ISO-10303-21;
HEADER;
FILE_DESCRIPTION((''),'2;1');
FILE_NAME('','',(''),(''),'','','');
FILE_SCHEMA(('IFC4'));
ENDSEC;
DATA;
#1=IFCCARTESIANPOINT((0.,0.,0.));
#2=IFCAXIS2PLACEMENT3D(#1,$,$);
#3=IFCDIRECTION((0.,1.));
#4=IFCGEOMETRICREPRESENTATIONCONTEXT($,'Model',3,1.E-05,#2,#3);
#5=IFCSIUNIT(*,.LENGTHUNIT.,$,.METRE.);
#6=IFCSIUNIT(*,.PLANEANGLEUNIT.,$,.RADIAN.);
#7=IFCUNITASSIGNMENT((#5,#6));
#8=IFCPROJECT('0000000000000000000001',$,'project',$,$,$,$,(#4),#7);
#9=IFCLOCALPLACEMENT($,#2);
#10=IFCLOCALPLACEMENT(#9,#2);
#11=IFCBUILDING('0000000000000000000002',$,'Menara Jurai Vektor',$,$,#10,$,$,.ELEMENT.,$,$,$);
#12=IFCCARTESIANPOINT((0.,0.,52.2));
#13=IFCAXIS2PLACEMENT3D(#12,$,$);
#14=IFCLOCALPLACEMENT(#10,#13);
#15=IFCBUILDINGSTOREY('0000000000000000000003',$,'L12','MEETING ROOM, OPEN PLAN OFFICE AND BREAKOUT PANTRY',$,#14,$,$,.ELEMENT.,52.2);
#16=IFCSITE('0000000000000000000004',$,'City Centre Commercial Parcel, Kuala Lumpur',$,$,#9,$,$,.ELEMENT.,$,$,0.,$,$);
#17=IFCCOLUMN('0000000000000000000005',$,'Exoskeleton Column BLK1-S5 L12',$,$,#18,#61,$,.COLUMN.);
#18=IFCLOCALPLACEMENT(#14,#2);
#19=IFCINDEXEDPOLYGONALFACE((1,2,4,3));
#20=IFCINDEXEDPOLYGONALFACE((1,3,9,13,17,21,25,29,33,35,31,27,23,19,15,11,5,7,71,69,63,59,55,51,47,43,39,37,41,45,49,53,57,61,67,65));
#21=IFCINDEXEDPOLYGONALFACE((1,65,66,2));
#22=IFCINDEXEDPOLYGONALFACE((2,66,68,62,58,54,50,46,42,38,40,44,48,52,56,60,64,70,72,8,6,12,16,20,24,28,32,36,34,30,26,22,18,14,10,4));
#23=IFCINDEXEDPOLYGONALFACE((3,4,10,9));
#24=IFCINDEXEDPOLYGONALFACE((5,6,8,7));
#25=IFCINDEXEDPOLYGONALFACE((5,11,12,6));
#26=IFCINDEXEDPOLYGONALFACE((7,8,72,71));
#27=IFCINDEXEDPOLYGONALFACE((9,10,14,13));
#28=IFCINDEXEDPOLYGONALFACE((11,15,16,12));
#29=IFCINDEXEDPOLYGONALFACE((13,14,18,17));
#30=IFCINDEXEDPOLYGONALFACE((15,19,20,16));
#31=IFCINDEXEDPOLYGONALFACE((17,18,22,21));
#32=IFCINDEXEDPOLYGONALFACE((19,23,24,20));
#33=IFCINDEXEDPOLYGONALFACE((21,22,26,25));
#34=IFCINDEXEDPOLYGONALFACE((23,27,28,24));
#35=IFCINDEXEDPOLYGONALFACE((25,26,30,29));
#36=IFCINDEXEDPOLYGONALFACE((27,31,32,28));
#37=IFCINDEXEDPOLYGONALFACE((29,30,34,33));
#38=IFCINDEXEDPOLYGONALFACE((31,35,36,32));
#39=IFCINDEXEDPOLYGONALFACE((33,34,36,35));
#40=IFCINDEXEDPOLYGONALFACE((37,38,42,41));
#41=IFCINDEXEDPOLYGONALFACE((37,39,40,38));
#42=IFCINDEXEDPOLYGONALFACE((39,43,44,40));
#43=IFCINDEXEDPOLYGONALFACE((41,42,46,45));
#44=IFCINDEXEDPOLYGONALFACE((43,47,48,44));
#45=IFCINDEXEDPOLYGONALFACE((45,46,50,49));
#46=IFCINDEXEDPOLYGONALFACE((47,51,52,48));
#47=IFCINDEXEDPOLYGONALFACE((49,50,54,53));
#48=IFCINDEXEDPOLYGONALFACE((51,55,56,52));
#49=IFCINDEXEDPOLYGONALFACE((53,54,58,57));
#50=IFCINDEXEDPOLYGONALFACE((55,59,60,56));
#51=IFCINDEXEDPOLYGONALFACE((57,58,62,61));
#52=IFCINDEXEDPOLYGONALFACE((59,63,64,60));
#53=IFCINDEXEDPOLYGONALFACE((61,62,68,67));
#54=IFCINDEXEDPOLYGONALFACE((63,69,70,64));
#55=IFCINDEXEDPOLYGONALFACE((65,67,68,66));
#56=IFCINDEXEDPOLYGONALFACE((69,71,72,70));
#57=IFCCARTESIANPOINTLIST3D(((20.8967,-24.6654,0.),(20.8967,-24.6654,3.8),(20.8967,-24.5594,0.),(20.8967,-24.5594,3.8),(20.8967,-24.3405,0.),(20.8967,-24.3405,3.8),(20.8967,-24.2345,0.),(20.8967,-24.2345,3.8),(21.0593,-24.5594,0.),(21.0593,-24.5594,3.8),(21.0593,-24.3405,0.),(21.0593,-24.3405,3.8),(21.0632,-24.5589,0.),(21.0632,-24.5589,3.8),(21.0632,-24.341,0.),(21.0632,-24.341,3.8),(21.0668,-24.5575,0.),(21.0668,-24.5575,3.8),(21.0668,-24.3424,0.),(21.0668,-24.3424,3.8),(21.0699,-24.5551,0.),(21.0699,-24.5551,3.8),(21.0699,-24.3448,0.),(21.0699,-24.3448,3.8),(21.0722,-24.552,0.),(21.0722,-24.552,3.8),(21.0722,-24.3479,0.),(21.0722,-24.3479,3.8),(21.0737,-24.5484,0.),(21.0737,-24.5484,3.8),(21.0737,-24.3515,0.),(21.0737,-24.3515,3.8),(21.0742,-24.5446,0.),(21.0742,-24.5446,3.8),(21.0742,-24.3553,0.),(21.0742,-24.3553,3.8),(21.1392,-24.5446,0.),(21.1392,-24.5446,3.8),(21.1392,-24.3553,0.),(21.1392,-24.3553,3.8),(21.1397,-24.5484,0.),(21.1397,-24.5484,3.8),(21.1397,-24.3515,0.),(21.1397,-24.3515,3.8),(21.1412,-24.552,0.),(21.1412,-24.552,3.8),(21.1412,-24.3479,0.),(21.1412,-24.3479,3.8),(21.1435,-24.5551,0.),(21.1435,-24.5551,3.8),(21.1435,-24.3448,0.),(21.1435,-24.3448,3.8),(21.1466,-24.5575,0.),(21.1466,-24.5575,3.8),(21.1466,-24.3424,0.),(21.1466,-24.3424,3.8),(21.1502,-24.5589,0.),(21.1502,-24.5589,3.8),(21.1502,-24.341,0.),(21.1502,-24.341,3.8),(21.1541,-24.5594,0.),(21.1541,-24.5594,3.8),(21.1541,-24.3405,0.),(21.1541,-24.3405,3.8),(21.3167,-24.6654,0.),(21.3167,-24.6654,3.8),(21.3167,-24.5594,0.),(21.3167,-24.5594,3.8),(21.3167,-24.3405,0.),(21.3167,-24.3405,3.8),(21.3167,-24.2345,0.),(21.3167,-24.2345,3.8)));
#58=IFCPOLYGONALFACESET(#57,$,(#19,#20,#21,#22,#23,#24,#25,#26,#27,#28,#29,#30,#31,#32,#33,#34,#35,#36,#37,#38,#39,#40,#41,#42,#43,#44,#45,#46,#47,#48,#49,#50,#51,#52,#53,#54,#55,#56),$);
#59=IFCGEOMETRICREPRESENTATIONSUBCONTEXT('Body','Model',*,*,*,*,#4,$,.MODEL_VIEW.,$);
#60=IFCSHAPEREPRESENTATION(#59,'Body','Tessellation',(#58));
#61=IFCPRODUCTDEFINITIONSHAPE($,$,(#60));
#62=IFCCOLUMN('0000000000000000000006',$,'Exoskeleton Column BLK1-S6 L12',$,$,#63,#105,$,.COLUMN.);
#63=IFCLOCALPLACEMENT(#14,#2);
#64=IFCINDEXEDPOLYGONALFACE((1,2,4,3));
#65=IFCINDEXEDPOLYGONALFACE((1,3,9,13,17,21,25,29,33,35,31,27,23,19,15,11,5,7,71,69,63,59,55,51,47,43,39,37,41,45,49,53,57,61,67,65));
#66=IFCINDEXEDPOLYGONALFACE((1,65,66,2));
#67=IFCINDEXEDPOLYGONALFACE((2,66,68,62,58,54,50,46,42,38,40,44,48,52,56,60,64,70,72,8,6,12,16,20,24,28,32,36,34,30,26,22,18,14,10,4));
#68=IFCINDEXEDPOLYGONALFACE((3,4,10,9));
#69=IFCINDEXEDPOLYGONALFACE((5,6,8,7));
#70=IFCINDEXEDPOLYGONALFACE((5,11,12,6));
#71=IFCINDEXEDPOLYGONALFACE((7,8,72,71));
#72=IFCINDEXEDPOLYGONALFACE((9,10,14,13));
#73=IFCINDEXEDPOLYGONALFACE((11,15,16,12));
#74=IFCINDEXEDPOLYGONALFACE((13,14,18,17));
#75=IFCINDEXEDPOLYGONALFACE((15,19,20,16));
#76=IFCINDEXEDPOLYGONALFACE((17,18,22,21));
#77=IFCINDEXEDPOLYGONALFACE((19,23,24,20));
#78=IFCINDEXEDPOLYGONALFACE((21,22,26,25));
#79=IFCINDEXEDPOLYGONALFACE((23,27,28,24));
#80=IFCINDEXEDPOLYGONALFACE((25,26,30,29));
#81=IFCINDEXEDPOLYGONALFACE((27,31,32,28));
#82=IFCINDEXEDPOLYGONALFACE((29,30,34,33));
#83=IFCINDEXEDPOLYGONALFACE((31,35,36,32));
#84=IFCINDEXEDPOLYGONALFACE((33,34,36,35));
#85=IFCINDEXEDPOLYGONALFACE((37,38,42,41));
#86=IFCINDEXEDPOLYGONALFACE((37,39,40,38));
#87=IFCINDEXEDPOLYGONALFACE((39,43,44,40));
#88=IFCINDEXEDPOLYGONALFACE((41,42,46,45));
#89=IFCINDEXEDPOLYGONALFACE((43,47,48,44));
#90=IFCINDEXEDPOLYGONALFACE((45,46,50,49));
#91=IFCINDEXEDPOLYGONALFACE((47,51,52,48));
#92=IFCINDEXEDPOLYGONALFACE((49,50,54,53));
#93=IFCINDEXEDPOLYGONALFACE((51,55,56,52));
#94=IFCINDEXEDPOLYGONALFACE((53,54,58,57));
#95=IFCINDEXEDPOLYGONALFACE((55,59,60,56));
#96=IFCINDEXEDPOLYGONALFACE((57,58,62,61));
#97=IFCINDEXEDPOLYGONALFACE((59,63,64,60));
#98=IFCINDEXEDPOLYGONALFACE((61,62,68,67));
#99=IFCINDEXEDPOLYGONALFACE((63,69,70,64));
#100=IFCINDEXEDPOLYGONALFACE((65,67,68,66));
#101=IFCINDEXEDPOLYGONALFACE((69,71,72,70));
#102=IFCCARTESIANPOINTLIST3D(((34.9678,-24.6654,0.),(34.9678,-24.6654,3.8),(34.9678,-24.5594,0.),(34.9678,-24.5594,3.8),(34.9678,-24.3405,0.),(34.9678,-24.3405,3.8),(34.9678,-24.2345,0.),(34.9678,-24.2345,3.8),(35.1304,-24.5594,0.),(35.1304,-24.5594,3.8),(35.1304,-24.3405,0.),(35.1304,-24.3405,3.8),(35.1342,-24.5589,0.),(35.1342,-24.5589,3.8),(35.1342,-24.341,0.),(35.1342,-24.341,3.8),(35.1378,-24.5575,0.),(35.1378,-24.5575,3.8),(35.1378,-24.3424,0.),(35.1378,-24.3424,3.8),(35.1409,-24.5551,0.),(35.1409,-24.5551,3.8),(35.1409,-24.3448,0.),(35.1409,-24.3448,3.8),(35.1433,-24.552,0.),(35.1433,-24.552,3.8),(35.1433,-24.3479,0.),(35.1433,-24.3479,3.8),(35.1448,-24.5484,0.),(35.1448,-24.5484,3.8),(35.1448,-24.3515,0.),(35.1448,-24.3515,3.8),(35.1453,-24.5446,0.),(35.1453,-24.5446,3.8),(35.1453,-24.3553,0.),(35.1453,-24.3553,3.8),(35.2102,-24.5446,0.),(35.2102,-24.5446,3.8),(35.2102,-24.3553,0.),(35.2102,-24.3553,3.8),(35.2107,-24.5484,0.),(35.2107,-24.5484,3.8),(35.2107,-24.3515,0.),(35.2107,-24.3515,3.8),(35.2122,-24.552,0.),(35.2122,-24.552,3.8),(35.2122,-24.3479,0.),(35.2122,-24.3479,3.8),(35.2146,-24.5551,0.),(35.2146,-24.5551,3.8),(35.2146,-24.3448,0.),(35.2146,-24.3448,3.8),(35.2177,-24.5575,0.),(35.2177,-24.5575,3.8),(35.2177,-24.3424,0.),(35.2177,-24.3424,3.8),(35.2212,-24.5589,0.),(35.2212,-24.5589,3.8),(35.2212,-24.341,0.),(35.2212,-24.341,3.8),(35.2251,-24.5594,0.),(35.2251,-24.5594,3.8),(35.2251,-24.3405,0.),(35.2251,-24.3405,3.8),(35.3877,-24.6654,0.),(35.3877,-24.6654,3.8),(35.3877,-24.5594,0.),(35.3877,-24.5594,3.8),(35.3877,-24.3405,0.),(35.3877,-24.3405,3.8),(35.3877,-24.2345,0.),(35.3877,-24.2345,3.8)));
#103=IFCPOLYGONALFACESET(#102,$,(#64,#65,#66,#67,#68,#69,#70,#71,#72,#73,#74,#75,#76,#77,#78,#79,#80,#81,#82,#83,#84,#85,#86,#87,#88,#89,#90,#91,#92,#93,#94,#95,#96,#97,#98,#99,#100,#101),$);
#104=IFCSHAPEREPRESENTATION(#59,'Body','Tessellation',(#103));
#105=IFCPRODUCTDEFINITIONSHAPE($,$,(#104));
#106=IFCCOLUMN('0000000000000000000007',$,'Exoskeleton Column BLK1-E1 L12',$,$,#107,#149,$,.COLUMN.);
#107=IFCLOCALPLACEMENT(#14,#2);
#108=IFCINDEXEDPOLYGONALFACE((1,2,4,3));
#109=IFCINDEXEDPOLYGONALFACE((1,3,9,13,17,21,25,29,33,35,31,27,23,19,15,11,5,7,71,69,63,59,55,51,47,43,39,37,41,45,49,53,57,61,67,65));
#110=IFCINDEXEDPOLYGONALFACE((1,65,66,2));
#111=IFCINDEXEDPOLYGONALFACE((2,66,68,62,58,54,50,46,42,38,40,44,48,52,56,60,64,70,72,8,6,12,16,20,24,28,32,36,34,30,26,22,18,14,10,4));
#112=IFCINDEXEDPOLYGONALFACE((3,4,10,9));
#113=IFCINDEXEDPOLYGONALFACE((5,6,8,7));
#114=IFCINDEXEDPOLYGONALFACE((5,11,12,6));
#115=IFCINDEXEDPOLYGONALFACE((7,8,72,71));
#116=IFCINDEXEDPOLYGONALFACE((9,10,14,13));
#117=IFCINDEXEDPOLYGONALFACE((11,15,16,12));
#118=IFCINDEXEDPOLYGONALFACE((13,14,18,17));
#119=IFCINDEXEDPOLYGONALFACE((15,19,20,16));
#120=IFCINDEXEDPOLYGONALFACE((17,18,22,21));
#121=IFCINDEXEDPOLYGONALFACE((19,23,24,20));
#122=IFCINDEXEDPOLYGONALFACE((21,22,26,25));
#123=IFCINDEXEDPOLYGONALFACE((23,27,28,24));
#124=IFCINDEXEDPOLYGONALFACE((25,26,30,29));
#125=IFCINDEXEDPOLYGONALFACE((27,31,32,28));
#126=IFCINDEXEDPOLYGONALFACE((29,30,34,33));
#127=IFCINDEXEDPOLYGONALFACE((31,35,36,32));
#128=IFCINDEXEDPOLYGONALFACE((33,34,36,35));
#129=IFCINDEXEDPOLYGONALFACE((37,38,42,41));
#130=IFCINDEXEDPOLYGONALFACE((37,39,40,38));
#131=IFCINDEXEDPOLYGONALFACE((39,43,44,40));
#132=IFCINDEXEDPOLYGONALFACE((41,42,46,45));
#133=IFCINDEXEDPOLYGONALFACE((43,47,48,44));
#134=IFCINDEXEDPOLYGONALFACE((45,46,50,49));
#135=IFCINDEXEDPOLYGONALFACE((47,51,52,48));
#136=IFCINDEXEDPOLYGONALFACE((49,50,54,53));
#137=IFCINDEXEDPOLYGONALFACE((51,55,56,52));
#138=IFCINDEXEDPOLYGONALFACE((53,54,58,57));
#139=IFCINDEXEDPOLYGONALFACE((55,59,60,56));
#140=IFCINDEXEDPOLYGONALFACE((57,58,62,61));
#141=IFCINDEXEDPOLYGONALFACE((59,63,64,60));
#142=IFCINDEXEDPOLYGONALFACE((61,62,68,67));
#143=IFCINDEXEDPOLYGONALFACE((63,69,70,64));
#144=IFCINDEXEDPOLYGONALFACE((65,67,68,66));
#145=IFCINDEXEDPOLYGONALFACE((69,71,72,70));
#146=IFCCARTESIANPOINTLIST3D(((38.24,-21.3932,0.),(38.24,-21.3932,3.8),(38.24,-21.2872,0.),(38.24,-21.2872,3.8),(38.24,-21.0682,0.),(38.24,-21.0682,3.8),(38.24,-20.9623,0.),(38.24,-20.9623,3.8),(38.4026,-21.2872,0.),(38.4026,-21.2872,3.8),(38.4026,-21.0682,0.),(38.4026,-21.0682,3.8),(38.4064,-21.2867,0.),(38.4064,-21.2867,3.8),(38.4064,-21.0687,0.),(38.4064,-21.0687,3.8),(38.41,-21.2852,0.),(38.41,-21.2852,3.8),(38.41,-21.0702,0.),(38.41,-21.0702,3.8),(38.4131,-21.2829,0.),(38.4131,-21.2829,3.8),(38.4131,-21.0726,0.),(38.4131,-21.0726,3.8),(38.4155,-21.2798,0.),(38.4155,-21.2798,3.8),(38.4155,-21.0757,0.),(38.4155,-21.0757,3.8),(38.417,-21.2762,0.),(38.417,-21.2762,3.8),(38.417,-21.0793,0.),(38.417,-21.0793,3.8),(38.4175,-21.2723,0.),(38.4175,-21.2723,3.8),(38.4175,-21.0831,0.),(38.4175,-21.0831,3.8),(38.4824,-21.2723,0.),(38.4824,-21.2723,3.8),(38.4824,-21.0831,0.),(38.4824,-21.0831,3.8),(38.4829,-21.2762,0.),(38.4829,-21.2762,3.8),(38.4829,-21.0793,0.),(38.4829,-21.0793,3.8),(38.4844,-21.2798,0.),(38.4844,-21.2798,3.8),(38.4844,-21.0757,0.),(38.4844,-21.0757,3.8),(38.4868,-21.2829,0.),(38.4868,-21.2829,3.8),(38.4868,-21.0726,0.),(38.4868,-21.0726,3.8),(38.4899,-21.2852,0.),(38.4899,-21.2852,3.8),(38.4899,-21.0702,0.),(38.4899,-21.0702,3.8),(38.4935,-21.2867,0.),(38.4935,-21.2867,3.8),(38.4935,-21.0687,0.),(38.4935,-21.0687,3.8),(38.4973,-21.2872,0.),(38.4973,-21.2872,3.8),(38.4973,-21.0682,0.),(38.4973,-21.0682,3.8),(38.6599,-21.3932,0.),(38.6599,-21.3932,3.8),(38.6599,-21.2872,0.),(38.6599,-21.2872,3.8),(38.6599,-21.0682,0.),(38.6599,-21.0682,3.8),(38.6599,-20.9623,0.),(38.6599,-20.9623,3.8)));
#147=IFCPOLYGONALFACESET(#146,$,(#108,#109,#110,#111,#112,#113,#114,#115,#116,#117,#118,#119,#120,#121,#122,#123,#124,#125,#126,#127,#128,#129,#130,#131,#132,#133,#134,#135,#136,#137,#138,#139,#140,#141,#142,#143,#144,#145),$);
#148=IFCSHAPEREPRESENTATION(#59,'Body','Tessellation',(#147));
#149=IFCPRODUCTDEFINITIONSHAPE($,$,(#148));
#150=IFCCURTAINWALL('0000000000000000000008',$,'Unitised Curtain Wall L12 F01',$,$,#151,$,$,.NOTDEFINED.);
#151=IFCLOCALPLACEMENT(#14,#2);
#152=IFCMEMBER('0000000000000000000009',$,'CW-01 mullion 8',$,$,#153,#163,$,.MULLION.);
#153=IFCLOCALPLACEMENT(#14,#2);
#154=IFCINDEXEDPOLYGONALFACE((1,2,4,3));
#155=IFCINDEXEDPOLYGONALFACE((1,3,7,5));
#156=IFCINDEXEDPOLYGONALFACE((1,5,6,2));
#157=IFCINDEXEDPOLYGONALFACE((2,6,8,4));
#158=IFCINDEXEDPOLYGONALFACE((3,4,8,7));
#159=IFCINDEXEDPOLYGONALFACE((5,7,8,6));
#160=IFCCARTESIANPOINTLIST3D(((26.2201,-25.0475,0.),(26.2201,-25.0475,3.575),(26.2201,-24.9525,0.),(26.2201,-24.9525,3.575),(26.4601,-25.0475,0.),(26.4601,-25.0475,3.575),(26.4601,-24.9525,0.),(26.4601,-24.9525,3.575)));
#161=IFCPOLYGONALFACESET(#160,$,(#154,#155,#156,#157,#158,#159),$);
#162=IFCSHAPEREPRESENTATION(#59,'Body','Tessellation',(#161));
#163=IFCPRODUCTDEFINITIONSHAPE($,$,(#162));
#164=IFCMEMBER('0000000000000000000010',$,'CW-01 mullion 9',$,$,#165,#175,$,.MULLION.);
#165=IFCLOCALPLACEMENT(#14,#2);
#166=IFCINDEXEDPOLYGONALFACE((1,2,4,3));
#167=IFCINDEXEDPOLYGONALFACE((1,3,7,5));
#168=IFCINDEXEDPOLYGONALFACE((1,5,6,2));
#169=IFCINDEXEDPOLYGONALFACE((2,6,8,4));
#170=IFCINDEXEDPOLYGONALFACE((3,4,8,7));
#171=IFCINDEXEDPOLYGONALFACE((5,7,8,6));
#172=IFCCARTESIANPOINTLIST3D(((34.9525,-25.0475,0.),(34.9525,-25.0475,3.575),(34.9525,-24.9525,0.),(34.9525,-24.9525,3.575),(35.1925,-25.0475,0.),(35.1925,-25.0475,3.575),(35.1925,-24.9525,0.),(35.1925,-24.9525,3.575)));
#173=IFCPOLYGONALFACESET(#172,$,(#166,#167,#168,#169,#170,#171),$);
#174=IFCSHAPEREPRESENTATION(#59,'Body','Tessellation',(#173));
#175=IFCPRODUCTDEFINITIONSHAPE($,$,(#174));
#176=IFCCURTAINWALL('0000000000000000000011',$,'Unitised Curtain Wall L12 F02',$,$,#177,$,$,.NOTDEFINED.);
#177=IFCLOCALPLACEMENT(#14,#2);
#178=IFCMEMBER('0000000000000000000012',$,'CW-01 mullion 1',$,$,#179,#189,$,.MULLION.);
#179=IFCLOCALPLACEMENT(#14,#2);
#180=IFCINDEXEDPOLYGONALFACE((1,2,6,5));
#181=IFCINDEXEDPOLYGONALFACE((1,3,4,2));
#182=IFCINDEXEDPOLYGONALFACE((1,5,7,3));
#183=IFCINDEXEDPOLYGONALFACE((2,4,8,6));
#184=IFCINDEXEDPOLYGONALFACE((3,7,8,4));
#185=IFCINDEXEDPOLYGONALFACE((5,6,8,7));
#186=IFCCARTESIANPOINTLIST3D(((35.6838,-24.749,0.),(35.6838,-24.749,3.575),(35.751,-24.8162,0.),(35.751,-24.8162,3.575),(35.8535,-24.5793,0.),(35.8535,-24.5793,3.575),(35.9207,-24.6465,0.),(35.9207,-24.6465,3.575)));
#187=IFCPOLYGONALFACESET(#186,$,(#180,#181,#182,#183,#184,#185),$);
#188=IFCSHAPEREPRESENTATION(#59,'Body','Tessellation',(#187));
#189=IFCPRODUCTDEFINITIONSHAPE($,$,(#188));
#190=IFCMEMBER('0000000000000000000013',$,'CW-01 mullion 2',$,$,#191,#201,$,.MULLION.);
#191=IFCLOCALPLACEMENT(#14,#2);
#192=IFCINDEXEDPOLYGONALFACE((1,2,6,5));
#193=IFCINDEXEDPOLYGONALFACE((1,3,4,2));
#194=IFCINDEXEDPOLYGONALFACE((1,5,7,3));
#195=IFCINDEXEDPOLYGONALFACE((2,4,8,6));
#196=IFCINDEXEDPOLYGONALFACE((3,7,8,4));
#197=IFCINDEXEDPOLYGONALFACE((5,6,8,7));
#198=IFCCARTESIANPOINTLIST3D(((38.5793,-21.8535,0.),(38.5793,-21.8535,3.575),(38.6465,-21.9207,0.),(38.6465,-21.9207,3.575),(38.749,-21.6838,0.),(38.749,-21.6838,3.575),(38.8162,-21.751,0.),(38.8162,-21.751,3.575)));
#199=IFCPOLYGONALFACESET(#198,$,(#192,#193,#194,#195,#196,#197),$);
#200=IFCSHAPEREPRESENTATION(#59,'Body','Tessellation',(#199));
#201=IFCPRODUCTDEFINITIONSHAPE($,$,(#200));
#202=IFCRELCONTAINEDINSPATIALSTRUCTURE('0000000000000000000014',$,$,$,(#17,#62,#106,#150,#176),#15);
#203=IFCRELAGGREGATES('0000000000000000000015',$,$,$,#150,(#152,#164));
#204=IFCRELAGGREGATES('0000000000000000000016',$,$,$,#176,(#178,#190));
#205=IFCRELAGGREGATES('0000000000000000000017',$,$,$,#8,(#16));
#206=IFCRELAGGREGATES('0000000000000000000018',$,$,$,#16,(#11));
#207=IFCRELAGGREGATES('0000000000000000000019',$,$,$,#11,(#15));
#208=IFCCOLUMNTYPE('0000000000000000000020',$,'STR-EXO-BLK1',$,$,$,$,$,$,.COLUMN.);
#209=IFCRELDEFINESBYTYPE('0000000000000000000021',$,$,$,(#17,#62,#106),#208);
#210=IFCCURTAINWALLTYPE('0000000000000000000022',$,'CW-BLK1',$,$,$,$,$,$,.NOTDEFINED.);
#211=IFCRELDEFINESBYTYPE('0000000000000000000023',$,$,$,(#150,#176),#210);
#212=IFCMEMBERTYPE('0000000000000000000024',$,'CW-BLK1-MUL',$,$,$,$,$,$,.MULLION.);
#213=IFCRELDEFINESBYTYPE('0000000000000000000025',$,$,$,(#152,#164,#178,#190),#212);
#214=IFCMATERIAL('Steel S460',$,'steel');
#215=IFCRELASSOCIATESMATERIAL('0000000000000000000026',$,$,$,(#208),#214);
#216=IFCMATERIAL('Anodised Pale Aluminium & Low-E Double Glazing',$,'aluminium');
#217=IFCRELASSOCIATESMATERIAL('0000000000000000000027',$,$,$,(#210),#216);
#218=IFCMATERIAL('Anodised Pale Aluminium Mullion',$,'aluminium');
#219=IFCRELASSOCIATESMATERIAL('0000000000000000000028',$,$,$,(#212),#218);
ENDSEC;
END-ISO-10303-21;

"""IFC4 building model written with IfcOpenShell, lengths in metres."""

from ifc_helpers import new_model, si_unit, direction, frame, origin, origin_2d, place, context, subcontext, project, spatial, rectangle, i_section, extrude, material, material_profile, profile_set, type_object, element, aggregate, save


model = new_model("IFC4")

# Units and contexts
model_context = context("Model", 3, precision=1e-05, world=origin(), true_north=direction((0.0, 1.0)))
body_context = subcontext(model_context, "Body", "Model", "MODEL_VIEW")
ifc_project = project(units=[si_unit("LENGTHUNIT", "METRE"), si_unit("PLANEANGLEUNIT", "RADIAN")], contexts=[model_context])

# Site, building, storey
site_placement = place(None, origin())
site = spatial("IfcSite", under=ifc_project, at=site_placement, Name="City Centre Commercial Parcel, Kuala Lumpur", CompositionType="ELEMENT", RefElevation=0.0)
building_placement = place(site_placement, origin())
building = spatial("IfcBuilding", under=site, at=building_placement, Name="Menara Jurai Vektor", CompositionType="ELEMENT")
storey_placement = place(building_placement, frame((0.0, 0.0, 52.2)))
storey = spatial("IfcBuildingStorey", under=building, at=storey_placement, Name="L12", Description="MEETING ROOM, OPEN PLAN OFFICE AND BREAKOUT PANTRY", CompositionType="ELEMENT", Elevation=52.2)

# Columns
ifc_material_1 = material(Name="Steel S460", Category="steel")
ifc_material_profile_1 = material_profile(ifc_material_1, i_section(OverallWidth=0.4199, OverallDepth=0.4309, WebThickness=0.0649, FlangeThickness=0.106, FilletRadius=0.0149, at=origin_2d()), Name="HD 400x900")
ifc_profile_set_1 = profile_set([ifc_material_profile_1], Name="Steel S460")
column_type = type_object("IfcColumnType", Name="STR-EXO-BLK1", PredefinedType="COLUMN", material=ifc_profile_set_1)
for number, where, z_axis, x_axis, name in (
    (1, (21.1067, -24.45, 0.0), (0.0, 0.0, 1.0), (1.0, 0.0, 0.0), "Exoskeleton Column BLK1-S5 L12"),
    (2, (35.1777, -24.45, 0.0), (0.0, 0.0, 1.0), (1.0, 0.0, 0.0), "Exoskeleton Column BLK1-S6 L12"),
    (3, (38.45, -21.1777, 0.0), (0.0, 0.0, 1.0), (1.0, 0.0, 0.0), "Exoskeleton Column BLK1-E1 L12"),
):
    element("IfcColumn", number, at=place(storey_placement, frame(where, z_axis=z_axis, x_axis=x_axis)), inside=storey, type_object=column_type, Name=name, PredefinedType="COLUMN", context=body_context, shape_type="SweptSolid", body=[
        extrude(i_section(OverallWidth=0.4199, OverallDepth=0.4309, WebThickness=0.0649, FlangeThickness=0.106, FilletRadius=0.0149, at=origin_2d()), origin(), (0.0, 0.0, 1.0), 3.8),
    ])

# Curtain walls, members
ifc_material_2 = material(Name="Anodised Pale Aluminium & Low-E Double Glazing", Category="aluminium")
curtain_wall_type = type_object("IfcCurtainWallType", Name="CW-BLK1", PredefinedType="NOTDEFINED", material=ifc_material_2)
curtain_wall_1_placement = place(storey_placement, origin())
curtain_wall_1 = element("IfcCurtainWall", 4, at=curtain_wall_1_placement, inside=storey, type_object=curtain_wall_type, Name="Unitised Curtain Wall L12 F01", PredefinedType="NOTDEFINED")
ifc_material_3 = material(Name="Anodised Pale Aluminium Mullion", Category="aluminium")
ifc_material_profile_2 = material_profile(ifc_material_3, rectangle(XDim=0.095, YDim=0.24, at=origin_2d()), Name="ALU MUL 95x240")
ifc_profile_set_2 = profile_set([ifc_material_profile_2], Name="Anodised Pale Aluminium Mullion")
member_type_1 = type_object("IfcMemberType", Name="CW-BLK1-MUL", PredefinedType="MULLION", material=ifc_profile_set_2)
member_1_placement = place(storey_placement, frame((26.3401, -25.0, 0.0), z_axis=(0.0, 0.0, 1.0), x_axis=(0.0, 1.0, 0.0)))
member_1 = element("IfcMember", 5, at=member_1_placement, type_object=member_type_1, Name="CW-01 mullion 8", PredefinedType="MULLION", context=body_context, shape_type="SweptSolid", body=[
    extrude(rectangle(XDim=0.095, YDim=0.24, at=origin_2d()), origin(), (0.0, 0.0, 1.0), 3.575),
])
member_2_placement = place(storey_placement, frame((35.0725, -25.0, 0.0), z_axis=(0.0, 0.0, 1.0), x_axis=(0.0, 1.0, 0.0)))
member_2 = element("IfcMember", 6, at=member_2_placement, type_object=member_type_1, Name="CW-01 mullion 9", PredefinedType="MULLION", context=body_context, shape_type="SweptSolid", body=[
    extrude(rectangle(XDim=0.095, YDim=0.24, at=origin_2d()), origin(), (0.0, 0.0, 1.0), 3.575),
])
curtain_wall_2_placement = place(storey_placement, origin())
curtain_wall_2 = element("IfcCurtainWall", 7, at=curtain_wall_2_placement, inside=storey, type_object=curtain_wall_type, Name="Unitised Curtain Wall L12 F02", PredefinedType="NOTDEFINED")
member_3_placement = place(storey_placement, frame((35.8022, -24.6978, 0.0), z_axis=(0.0, 0.0, 1.0), x_axis=(-0.707107, 0.707107, 0.0)))
member_3 = element("IfcMember", 8, at=member_3_placement, type_object=member_type_1, Name="CW-01 mullion 1", PredefinedType="MULLION", context=body_context, shape_type="SweptSolid", body=[
    extrude(rectangle(XDim=0.095, YDim=0.24, at=origin_2d()), origin(), (0.0, 0.0, 1.0), 3.575),
])
member_4_placement = place(storey_placement, frame((38.6978, -21.8022, 0.0), z_axis=(0.0, 0.0, 1.0), x_axis=(-0.707107, 0.707107, 0.0)))
member_4 = element("IfcMember", 9, at=member_4_placement, type_object=member_type_1, Name="CW-01 mullion 2", PredefinedType="MULLION", context=body_context, shape_type="SweptSolid", body=[
    extrude(rectangle(XDim=0.095, YDim=0.24, at=origin_2d()), origin(), (0.0, 0.0, 1.0), 3.575),
])

aggregate(curtain_wall_1, [member_1, member_2])
aggregate(curtain_wall_2, [member_3, member_4])

save(model, "model.ifc")
